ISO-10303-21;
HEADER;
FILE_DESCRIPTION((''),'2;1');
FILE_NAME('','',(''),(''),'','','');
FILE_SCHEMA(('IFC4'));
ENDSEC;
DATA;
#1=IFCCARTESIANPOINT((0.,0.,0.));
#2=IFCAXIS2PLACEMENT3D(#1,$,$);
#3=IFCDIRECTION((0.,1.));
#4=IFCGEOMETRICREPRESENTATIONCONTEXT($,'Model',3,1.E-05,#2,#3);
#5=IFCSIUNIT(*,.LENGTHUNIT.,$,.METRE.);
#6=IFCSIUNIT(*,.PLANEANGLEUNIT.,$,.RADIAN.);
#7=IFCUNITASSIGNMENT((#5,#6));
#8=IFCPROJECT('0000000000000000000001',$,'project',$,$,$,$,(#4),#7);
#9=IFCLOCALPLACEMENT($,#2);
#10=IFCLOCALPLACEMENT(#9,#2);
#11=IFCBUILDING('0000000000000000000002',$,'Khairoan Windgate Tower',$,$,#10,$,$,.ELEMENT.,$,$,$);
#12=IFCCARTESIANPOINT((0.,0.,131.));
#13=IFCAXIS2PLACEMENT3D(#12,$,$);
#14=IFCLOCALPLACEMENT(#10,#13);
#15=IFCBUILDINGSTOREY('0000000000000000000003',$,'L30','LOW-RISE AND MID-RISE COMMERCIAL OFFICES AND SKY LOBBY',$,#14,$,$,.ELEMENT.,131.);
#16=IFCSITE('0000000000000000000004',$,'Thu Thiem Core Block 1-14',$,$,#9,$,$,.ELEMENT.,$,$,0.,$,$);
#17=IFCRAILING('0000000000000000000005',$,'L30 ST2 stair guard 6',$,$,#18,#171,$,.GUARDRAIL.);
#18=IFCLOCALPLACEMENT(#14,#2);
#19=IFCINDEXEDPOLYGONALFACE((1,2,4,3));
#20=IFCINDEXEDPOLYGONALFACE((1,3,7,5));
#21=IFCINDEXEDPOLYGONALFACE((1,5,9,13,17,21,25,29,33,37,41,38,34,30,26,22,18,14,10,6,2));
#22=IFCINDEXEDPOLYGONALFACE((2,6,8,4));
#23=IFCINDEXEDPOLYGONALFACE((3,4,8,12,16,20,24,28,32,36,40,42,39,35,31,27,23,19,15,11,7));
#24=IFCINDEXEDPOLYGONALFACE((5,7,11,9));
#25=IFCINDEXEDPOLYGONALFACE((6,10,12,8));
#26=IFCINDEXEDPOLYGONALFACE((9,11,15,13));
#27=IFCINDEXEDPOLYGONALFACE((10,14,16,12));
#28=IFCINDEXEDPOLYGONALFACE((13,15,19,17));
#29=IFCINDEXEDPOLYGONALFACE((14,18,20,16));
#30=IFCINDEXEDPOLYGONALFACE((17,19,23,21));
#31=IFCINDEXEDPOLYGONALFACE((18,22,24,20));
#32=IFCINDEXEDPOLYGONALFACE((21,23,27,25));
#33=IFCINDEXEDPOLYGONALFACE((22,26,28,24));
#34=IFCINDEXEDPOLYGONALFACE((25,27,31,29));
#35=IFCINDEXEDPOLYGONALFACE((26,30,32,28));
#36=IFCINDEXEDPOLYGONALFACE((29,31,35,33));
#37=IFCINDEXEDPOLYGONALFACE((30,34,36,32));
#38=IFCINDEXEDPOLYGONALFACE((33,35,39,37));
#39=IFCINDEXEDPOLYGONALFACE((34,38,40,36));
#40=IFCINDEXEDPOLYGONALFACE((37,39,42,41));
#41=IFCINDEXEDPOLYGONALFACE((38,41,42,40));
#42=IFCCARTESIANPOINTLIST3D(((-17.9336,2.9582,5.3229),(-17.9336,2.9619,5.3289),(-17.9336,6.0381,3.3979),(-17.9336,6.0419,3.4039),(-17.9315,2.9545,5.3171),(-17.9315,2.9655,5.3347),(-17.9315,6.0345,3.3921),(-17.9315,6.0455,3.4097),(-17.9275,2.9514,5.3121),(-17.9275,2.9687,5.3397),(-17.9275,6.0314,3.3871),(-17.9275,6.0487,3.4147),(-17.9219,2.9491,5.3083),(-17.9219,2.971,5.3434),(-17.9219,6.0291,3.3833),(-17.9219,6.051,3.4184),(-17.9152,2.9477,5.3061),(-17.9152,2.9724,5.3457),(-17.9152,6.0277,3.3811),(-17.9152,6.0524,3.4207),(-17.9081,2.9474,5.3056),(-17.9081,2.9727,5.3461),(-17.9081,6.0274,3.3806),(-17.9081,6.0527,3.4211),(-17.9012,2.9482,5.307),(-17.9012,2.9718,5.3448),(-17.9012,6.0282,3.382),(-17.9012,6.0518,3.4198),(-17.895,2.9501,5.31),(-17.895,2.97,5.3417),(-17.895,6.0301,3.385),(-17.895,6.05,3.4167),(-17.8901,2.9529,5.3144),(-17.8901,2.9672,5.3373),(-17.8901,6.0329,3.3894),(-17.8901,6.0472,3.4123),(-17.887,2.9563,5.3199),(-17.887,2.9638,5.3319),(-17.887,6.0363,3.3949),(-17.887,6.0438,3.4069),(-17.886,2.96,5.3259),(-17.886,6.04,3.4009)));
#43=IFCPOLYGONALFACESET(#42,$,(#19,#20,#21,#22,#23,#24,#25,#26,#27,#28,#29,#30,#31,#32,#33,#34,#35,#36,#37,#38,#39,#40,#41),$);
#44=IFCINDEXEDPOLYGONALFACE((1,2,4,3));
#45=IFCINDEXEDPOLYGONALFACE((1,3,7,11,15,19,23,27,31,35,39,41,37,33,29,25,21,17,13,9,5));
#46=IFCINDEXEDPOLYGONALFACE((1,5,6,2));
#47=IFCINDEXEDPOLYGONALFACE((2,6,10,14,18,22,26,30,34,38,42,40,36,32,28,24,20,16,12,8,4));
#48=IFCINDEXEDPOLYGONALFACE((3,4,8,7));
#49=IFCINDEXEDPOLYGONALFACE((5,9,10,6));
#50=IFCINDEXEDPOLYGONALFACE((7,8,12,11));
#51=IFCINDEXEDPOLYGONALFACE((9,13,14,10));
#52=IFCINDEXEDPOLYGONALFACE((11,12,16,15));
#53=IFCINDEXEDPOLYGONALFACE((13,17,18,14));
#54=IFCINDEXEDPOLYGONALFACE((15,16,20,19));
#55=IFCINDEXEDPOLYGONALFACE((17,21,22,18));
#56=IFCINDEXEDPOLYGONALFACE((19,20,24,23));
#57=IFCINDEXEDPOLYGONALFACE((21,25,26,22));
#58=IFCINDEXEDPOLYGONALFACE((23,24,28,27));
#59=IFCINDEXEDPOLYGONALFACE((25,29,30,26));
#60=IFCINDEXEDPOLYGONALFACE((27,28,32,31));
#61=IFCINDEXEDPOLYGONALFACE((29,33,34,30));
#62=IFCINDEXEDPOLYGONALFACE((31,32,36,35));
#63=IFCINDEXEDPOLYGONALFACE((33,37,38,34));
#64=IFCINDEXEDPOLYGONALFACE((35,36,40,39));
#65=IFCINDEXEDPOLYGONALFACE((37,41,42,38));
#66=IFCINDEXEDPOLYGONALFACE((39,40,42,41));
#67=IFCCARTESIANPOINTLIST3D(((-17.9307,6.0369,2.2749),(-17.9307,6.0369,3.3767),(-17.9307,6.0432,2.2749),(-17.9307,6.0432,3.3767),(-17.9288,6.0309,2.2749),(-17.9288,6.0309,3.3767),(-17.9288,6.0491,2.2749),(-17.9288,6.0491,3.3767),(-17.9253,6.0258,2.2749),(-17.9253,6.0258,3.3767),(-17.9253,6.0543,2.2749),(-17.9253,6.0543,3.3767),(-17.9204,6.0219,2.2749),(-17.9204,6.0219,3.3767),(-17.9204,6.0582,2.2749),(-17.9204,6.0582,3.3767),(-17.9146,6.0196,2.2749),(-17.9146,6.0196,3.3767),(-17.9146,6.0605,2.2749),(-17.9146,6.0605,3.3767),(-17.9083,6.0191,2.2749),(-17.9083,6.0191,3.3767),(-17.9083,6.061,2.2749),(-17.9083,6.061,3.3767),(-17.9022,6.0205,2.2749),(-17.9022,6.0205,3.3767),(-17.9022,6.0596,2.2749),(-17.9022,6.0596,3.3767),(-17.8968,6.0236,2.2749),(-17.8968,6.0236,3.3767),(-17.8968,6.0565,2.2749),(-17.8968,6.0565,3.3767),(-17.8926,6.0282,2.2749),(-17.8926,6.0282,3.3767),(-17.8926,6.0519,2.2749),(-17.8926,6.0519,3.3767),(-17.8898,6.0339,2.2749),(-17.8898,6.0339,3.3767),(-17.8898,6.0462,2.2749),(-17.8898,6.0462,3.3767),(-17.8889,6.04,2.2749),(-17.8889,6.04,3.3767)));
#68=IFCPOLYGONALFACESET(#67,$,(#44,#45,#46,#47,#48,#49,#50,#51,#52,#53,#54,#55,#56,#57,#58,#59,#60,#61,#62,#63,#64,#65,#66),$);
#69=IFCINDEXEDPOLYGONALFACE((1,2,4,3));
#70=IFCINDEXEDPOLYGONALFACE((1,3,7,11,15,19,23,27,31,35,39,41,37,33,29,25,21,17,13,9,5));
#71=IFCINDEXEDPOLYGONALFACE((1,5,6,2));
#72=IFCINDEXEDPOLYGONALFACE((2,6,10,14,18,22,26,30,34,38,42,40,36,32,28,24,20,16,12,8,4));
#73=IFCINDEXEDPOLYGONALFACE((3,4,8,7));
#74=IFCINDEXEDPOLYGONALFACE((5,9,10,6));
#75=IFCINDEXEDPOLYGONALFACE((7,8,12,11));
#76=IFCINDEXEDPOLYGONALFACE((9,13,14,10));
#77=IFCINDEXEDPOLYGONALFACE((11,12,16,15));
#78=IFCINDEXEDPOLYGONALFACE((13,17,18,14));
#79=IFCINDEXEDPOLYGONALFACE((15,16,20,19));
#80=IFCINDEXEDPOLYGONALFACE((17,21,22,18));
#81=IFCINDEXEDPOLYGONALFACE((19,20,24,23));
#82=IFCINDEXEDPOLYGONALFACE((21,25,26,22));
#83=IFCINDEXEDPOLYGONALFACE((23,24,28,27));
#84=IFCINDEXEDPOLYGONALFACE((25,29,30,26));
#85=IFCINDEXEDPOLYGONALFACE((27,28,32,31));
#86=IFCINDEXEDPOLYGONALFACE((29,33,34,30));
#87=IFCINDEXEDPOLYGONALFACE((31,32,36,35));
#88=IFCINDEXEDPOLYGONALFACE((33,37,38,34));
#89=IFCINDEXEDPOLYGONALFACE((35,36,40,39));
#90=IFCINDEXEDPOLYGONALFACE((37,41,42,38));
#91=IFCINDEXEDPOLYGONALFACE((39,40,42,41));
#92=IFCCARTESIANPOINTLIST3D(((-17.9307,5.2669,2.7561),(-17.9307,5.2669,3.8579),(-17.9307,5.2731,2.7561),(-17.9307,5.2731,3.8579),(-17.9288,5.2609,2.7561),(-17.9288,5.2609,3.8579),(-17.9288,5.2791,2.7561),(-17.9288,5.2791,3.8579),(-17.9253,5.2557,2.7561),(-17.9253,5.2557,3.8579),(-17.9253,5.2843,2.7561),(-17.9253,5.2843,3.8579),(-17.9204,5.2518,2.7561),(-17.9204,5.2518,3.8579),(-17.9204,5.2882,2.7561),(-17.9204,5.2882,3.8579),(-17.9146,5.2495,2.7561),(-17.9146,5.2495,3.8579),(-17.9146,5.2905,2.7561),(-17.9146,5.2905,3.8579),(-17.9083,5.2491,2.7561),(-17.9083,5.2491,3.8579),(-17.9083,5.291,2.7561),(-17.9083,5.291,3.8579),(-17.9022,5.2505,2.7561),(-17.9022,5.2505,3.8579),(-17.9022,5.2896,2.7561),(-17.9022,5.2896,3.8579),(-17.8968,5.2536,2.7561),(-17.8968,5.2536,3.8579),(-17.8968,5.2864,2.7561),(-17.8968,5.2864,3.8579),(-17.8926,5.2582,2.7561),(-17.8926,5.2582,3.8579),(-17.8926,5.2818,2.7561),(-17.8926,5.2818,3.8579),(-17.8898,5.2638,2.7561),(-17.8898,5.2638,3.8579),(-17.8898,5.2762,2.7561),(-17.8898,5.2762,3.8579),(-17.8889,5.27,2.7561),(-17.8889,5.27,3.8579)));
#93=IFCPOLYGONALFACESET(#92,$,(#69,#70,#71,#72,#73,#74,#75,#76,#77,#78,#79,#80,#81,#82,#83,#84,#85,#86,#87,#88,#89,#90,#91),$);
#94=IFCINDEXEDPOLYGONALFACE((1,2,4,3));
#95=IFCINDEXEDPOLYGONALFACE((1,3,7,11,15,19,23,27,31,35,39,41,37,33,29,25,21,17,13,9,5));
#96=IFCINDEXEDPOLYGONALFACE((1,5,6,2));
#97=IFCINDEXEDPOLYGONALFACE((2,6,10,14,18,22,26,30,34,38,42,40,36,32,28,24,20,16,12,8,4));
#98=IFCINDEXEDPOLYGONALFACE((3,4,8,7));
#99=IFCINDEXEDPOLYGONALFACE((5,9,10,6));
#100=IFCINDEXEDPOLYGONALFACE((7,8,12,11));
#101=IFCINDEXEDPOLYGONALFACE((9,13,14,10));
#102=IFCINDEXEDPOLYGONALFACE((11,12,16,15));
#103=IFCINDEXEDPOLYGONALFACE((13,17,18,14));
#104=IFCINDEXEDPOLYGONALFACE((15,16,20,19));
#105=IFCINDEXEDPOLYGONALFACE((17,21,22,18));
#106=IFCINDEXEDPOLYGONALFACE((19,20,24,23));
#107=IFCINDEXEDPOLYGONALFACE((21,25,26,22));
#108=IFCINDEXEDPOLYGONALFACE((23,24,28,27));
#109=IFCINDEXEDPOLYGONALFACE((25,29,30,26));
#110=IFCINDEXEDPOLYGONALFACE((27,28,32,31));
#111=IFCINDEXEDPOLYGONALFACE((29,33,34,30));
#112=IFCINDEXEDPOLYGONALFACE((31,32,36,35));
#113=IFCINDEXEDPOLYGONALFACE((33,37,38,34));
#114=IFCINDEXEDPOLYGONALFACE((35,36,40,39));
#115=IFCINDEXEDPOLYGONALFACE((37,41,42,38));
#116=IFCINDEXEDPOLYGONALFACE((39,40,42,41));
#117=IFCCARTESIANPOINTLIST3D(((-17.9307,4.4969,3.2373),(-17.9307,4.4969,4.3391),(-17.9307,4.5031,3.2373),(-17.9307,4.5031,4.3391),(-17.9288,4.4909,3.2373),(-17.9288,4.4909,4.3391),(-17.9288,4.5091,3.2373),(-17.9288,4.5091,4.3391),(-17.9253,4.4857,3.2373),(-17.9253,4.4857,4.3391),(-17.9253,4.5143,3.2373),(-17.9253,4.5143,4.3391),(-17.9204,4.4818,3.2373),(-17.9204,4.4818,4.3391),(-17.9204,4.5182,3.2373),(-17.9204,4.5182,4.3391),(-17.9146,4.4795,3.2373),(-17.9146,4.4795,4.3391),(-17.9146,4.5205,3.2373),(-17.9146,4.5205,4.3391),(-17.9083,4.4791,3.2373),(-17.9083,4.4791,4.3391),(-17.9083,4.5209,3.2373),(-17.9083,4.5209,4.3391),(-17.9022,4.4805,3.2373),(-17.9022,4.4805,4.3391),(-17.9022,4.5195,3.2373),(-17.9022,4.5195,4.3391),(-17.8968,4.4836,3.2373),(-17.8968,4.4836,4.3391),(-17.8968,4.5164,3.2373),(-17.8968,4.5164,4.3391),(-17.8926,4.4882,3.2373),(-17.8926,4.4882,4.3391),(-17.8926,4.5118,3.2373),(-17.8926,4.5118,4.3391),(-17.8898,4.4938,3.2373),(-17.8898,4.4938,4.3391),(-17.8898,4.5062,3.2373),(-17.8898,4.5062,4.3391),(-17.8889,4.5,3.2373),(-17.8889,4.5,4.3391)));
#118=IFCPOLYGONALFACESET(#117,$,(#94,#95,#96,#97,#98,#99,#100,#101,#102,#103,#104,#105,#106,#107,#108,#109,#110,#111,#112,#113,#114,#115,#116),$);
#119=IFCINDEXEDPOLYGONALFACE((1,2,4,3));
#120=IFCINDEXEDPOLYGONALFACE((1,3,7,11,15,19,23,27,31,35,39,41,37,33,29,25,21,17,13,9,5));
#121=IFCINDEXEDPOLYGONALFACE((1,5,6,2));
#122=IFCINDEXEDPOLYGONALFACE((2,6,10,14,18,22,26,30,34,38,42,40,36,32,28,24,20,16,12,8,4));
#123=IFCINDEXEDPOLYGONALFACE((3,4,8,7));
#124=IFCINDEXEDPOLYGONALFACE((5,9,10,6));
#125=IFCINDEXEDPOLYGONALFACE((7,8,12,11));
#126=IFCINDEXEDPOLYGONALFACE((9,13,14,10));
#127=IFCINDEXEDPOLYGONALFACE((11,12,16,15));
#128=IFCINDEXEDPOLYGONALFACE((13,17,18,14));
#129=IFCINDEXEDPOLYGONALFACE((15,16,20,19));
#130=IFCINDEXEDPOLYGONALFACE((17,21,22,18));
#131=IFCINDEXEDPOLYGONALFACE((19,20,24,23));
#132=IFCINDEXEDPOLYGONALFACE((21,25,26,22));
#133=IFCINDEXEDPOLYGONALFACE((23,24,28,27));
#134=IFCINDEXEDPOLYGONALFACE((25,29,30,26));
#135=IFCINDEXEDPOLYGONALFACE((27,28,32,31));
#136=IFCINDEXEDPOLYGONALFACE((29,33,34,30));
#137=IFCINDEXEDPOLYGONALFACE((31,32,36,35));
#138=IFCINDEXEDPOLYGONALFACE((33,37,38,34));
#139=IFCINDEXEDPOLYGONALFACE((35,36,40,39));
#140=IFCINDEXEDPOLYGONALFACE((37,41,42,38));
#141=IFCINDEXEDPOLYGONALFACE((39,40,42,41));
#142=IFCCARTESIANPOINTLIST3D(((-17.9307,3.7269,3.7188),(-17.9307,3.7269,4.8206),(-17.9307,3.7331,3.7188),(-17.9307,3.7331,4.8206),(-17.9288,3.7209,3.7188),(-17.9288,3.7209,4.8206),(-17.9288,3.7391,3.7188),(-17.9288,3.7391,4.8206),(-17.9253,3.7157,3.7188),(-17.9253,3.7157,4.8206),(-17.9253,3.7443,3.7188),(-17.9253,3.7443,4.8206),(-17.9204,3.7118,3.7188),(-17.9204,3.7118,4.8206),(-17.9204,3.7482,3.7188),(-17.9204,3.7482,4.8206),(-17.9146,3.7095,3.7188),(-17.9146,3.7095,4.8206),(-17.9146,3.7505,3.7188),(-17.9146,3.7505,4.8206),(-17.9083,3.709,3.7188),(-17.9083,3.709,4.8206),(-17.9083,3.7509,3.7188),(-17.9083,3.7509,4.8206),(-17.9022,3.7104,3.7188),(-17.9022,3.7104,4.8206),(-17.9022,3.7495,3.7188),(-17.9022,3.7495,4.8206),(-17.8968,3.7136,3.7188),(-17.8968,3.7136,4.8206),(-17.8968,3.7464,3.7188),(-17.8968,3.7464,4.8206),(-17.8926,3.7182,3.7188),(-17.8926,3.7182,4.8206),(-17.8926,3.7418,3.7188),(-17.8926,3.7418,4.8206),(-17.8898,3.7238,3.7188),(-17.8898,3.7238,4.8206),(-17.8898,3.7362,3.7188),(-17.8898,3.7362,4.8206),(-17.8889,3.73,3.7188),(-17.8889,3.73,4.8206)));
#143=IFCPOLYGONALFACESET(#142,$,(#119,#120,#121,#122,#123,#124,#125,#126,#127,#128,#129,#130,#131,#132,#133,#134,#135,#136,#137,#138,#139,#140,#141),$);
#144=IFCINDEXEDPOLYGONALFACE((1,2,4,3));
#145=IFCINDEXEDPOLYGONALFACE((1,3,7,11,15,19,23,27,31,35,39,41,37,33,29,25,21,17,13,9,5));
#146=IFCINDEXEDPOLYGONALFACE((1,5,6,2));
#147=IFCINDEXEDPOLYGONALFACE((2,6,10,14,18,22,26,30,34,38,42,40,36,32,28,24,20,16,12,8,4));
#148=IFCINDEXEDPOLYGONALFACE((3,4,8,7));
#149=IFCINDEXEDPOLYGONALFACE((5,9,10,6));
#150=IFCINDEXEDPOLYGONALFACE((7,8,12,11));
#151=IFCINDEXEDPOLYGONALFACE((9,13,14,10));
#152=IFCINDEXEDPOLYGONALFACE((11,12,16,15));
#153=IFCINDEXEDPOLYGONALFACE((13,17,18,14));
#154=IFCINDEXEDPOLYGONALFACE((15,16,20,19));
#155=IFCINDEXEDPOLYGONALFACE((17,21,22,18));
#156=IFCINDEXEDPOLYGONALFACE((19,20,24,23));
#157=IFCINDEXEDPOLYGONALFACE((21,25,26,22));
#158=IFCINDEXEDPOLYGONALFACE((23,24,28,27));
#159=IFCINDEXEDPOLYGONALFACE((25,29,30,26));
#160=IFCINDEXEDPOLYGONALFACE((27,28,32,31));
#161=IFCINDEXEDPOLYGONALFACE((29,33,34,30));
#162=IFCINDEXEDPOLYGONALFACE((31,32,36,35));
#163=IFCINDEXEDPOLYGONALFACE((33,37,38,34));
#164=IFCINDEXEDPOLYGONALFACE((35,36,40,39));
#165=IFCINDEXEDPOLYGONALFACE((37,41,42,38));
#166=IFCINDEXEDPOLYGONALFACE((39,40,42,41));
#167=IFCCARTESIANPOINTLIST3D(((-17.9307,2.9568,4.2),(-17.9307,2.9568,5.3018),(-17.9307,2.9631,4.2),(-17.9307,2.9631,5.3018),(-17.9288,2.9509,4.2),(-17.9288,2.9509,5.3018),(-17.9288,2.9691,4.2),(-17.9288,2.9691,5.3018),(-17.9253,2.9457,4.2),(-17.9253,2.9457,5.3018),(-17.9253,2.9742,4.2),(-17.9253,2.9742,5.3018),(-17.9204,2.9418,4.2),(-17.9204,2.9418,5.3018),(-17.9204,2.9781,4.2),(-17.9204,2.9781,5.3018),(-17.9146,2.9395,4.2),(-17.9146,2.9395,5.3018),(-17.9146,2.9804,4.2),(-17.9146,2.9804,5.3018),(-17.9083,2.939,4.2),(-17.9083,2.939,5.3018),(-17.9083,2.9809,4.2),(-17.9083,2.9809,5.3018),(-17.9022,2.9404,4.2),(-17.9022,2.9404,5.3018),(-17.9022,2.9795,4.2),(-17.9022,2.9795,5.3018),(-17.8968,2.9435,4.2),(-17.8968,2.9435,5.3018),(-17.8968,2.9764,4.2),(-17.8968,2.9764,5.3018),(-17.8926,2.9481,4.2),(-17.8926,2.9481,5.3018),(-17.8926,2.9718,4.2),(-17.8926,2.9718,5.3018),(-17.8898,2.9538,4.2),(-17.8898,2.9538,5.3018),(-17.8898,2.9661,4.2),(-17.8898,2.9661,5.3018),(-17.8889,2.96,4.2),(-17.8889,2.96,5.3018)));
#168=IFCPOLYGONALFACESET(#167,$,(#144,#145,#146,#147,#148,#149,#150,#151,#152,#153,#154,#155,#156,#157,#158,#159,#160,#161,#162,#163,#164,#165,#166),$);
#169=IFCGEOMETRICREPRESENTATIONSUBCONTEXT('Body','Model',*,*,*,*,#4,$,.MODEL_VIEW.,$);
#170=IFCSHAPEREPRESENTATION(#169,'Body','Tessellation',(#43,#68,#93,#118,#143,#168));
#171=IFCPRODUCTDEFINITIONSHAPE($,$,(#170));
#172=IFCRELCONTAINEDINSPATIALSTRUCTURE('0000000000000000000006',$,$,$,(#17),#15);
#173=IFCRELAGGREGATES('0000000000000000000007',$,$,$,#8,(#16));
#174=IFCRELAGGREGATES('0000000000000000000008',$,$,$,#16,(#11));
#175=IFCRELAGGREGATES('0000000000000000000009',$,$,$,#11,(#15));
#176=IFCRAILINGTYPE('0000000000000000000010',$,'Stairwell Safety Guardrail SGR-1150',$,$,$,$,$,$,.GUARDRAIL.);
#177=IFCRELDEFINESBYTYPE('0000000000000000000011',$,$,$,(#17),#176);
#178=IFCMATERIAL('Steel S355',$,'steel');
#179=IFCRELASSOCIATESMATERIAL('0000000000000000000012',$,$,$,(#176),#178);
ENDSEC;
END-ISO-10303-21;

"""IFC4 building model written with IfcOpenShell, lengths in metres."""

from ifc_helpers import new_model, si_unit, direction, frame, origin, origin_2d, place, context, subcontext, project, spatial, circle, extrude, material, type_object, element, save


model = new_model("IFC4")

# Units and contexts
model_context = context("Model", 3, precision=1e-05, world=origin(), true_north=direction((0.0, 1.0)))
body_context = subcontext(model_context, "Body", "Model", "MODEL_VIEW")
ifc_project = project(units=[si_unit("LENGTHUNIT", "METRE"), si_unit("PLANEANGLEUNIT", "RADIAN")], contexts=[model_context])

# Site, building, storey
site_placement = place(None, origin())
site = spatial("IfcSite", under=ifc_project, at=site_placement, Name="Thu Thiem Core Block 1-14", CompositionType="ELEMENT", RefElevation=0.0)
building_placement = place(site_placement, origin())
building = spatial("IfcBuilding", under=site, at=building_placement, Name="Khairoan Windgate Tower", CompositionType="ELEMENT")
storey_placement = place(building_placement, frame((0.0, 0.0, 131.0)))
storey = spatial("IfcBuildingStorey", under=building, at=storey_placement, Name="L30", Description="LOW-RISE AND MID-RISE COMMERCIAL OFFICES AND SKY LOBBY", CompositionType="ELEMENT", Elevation=131.0)

# Railing
ifc_material_1 = material(Name="Steel S355", Category="steel")
railing_type_1 = type_object("IfcRailingType", Name="Stairwell Safety Guardrail SGR-1150", PredefinedType="GUARDRAIL", material=ifc_material_1)
railing_1_placement = place(storey_placement, frame((-17.9099, 6.04, 2.2749)))
element("IfcRailing", 1, at=railing_1_placement, inside=storey, type_object=railing_type_1, Name="L30 ST2 stair guard 6", PredefinedType="GUARDRAIL", context=body_context, shape_type="SweptSolid", body=[
    extrude(circle(Radius=0.0239, at=origin_2d()), frame((0.0, 0.0, 1.126), z_axis=(0.0, -0.847998, 0.529999), x_axis=(1.0, 0.0, 0.0)), (0.0, 0.0, 1.0), 3.6321),
    extrude(circle(Radius=0.021, at=origin_2d()), origin(), (0.0, 0.0, 1.0), 1.1018),
    extrude(circle(Radius=0.021, at=origin_2d()), frame((0.0, -0.77, 0.4812)), (0.0, 0.0, 1.0), 1.1018),
    extrude(circle(Radius=0.021, at=origin_2d()), frame((0.0, -1.54, 0.9624)), (0.0, 0.0, 1.0), 1.1018),
    extrude(circle(Radius=0.021, at=origin_2d()), frame((0.0, -2.3101, 1.4438)), (0.0, 0.0, 1.0), 1.1018),
    extrude(circle(Radius=0.021, at=origin_2d()), frame((0.0, -3.0801, 1.925)), (0.0, 0.0, 1.0), 1.1018),
])

save(model, "model.ifc")
